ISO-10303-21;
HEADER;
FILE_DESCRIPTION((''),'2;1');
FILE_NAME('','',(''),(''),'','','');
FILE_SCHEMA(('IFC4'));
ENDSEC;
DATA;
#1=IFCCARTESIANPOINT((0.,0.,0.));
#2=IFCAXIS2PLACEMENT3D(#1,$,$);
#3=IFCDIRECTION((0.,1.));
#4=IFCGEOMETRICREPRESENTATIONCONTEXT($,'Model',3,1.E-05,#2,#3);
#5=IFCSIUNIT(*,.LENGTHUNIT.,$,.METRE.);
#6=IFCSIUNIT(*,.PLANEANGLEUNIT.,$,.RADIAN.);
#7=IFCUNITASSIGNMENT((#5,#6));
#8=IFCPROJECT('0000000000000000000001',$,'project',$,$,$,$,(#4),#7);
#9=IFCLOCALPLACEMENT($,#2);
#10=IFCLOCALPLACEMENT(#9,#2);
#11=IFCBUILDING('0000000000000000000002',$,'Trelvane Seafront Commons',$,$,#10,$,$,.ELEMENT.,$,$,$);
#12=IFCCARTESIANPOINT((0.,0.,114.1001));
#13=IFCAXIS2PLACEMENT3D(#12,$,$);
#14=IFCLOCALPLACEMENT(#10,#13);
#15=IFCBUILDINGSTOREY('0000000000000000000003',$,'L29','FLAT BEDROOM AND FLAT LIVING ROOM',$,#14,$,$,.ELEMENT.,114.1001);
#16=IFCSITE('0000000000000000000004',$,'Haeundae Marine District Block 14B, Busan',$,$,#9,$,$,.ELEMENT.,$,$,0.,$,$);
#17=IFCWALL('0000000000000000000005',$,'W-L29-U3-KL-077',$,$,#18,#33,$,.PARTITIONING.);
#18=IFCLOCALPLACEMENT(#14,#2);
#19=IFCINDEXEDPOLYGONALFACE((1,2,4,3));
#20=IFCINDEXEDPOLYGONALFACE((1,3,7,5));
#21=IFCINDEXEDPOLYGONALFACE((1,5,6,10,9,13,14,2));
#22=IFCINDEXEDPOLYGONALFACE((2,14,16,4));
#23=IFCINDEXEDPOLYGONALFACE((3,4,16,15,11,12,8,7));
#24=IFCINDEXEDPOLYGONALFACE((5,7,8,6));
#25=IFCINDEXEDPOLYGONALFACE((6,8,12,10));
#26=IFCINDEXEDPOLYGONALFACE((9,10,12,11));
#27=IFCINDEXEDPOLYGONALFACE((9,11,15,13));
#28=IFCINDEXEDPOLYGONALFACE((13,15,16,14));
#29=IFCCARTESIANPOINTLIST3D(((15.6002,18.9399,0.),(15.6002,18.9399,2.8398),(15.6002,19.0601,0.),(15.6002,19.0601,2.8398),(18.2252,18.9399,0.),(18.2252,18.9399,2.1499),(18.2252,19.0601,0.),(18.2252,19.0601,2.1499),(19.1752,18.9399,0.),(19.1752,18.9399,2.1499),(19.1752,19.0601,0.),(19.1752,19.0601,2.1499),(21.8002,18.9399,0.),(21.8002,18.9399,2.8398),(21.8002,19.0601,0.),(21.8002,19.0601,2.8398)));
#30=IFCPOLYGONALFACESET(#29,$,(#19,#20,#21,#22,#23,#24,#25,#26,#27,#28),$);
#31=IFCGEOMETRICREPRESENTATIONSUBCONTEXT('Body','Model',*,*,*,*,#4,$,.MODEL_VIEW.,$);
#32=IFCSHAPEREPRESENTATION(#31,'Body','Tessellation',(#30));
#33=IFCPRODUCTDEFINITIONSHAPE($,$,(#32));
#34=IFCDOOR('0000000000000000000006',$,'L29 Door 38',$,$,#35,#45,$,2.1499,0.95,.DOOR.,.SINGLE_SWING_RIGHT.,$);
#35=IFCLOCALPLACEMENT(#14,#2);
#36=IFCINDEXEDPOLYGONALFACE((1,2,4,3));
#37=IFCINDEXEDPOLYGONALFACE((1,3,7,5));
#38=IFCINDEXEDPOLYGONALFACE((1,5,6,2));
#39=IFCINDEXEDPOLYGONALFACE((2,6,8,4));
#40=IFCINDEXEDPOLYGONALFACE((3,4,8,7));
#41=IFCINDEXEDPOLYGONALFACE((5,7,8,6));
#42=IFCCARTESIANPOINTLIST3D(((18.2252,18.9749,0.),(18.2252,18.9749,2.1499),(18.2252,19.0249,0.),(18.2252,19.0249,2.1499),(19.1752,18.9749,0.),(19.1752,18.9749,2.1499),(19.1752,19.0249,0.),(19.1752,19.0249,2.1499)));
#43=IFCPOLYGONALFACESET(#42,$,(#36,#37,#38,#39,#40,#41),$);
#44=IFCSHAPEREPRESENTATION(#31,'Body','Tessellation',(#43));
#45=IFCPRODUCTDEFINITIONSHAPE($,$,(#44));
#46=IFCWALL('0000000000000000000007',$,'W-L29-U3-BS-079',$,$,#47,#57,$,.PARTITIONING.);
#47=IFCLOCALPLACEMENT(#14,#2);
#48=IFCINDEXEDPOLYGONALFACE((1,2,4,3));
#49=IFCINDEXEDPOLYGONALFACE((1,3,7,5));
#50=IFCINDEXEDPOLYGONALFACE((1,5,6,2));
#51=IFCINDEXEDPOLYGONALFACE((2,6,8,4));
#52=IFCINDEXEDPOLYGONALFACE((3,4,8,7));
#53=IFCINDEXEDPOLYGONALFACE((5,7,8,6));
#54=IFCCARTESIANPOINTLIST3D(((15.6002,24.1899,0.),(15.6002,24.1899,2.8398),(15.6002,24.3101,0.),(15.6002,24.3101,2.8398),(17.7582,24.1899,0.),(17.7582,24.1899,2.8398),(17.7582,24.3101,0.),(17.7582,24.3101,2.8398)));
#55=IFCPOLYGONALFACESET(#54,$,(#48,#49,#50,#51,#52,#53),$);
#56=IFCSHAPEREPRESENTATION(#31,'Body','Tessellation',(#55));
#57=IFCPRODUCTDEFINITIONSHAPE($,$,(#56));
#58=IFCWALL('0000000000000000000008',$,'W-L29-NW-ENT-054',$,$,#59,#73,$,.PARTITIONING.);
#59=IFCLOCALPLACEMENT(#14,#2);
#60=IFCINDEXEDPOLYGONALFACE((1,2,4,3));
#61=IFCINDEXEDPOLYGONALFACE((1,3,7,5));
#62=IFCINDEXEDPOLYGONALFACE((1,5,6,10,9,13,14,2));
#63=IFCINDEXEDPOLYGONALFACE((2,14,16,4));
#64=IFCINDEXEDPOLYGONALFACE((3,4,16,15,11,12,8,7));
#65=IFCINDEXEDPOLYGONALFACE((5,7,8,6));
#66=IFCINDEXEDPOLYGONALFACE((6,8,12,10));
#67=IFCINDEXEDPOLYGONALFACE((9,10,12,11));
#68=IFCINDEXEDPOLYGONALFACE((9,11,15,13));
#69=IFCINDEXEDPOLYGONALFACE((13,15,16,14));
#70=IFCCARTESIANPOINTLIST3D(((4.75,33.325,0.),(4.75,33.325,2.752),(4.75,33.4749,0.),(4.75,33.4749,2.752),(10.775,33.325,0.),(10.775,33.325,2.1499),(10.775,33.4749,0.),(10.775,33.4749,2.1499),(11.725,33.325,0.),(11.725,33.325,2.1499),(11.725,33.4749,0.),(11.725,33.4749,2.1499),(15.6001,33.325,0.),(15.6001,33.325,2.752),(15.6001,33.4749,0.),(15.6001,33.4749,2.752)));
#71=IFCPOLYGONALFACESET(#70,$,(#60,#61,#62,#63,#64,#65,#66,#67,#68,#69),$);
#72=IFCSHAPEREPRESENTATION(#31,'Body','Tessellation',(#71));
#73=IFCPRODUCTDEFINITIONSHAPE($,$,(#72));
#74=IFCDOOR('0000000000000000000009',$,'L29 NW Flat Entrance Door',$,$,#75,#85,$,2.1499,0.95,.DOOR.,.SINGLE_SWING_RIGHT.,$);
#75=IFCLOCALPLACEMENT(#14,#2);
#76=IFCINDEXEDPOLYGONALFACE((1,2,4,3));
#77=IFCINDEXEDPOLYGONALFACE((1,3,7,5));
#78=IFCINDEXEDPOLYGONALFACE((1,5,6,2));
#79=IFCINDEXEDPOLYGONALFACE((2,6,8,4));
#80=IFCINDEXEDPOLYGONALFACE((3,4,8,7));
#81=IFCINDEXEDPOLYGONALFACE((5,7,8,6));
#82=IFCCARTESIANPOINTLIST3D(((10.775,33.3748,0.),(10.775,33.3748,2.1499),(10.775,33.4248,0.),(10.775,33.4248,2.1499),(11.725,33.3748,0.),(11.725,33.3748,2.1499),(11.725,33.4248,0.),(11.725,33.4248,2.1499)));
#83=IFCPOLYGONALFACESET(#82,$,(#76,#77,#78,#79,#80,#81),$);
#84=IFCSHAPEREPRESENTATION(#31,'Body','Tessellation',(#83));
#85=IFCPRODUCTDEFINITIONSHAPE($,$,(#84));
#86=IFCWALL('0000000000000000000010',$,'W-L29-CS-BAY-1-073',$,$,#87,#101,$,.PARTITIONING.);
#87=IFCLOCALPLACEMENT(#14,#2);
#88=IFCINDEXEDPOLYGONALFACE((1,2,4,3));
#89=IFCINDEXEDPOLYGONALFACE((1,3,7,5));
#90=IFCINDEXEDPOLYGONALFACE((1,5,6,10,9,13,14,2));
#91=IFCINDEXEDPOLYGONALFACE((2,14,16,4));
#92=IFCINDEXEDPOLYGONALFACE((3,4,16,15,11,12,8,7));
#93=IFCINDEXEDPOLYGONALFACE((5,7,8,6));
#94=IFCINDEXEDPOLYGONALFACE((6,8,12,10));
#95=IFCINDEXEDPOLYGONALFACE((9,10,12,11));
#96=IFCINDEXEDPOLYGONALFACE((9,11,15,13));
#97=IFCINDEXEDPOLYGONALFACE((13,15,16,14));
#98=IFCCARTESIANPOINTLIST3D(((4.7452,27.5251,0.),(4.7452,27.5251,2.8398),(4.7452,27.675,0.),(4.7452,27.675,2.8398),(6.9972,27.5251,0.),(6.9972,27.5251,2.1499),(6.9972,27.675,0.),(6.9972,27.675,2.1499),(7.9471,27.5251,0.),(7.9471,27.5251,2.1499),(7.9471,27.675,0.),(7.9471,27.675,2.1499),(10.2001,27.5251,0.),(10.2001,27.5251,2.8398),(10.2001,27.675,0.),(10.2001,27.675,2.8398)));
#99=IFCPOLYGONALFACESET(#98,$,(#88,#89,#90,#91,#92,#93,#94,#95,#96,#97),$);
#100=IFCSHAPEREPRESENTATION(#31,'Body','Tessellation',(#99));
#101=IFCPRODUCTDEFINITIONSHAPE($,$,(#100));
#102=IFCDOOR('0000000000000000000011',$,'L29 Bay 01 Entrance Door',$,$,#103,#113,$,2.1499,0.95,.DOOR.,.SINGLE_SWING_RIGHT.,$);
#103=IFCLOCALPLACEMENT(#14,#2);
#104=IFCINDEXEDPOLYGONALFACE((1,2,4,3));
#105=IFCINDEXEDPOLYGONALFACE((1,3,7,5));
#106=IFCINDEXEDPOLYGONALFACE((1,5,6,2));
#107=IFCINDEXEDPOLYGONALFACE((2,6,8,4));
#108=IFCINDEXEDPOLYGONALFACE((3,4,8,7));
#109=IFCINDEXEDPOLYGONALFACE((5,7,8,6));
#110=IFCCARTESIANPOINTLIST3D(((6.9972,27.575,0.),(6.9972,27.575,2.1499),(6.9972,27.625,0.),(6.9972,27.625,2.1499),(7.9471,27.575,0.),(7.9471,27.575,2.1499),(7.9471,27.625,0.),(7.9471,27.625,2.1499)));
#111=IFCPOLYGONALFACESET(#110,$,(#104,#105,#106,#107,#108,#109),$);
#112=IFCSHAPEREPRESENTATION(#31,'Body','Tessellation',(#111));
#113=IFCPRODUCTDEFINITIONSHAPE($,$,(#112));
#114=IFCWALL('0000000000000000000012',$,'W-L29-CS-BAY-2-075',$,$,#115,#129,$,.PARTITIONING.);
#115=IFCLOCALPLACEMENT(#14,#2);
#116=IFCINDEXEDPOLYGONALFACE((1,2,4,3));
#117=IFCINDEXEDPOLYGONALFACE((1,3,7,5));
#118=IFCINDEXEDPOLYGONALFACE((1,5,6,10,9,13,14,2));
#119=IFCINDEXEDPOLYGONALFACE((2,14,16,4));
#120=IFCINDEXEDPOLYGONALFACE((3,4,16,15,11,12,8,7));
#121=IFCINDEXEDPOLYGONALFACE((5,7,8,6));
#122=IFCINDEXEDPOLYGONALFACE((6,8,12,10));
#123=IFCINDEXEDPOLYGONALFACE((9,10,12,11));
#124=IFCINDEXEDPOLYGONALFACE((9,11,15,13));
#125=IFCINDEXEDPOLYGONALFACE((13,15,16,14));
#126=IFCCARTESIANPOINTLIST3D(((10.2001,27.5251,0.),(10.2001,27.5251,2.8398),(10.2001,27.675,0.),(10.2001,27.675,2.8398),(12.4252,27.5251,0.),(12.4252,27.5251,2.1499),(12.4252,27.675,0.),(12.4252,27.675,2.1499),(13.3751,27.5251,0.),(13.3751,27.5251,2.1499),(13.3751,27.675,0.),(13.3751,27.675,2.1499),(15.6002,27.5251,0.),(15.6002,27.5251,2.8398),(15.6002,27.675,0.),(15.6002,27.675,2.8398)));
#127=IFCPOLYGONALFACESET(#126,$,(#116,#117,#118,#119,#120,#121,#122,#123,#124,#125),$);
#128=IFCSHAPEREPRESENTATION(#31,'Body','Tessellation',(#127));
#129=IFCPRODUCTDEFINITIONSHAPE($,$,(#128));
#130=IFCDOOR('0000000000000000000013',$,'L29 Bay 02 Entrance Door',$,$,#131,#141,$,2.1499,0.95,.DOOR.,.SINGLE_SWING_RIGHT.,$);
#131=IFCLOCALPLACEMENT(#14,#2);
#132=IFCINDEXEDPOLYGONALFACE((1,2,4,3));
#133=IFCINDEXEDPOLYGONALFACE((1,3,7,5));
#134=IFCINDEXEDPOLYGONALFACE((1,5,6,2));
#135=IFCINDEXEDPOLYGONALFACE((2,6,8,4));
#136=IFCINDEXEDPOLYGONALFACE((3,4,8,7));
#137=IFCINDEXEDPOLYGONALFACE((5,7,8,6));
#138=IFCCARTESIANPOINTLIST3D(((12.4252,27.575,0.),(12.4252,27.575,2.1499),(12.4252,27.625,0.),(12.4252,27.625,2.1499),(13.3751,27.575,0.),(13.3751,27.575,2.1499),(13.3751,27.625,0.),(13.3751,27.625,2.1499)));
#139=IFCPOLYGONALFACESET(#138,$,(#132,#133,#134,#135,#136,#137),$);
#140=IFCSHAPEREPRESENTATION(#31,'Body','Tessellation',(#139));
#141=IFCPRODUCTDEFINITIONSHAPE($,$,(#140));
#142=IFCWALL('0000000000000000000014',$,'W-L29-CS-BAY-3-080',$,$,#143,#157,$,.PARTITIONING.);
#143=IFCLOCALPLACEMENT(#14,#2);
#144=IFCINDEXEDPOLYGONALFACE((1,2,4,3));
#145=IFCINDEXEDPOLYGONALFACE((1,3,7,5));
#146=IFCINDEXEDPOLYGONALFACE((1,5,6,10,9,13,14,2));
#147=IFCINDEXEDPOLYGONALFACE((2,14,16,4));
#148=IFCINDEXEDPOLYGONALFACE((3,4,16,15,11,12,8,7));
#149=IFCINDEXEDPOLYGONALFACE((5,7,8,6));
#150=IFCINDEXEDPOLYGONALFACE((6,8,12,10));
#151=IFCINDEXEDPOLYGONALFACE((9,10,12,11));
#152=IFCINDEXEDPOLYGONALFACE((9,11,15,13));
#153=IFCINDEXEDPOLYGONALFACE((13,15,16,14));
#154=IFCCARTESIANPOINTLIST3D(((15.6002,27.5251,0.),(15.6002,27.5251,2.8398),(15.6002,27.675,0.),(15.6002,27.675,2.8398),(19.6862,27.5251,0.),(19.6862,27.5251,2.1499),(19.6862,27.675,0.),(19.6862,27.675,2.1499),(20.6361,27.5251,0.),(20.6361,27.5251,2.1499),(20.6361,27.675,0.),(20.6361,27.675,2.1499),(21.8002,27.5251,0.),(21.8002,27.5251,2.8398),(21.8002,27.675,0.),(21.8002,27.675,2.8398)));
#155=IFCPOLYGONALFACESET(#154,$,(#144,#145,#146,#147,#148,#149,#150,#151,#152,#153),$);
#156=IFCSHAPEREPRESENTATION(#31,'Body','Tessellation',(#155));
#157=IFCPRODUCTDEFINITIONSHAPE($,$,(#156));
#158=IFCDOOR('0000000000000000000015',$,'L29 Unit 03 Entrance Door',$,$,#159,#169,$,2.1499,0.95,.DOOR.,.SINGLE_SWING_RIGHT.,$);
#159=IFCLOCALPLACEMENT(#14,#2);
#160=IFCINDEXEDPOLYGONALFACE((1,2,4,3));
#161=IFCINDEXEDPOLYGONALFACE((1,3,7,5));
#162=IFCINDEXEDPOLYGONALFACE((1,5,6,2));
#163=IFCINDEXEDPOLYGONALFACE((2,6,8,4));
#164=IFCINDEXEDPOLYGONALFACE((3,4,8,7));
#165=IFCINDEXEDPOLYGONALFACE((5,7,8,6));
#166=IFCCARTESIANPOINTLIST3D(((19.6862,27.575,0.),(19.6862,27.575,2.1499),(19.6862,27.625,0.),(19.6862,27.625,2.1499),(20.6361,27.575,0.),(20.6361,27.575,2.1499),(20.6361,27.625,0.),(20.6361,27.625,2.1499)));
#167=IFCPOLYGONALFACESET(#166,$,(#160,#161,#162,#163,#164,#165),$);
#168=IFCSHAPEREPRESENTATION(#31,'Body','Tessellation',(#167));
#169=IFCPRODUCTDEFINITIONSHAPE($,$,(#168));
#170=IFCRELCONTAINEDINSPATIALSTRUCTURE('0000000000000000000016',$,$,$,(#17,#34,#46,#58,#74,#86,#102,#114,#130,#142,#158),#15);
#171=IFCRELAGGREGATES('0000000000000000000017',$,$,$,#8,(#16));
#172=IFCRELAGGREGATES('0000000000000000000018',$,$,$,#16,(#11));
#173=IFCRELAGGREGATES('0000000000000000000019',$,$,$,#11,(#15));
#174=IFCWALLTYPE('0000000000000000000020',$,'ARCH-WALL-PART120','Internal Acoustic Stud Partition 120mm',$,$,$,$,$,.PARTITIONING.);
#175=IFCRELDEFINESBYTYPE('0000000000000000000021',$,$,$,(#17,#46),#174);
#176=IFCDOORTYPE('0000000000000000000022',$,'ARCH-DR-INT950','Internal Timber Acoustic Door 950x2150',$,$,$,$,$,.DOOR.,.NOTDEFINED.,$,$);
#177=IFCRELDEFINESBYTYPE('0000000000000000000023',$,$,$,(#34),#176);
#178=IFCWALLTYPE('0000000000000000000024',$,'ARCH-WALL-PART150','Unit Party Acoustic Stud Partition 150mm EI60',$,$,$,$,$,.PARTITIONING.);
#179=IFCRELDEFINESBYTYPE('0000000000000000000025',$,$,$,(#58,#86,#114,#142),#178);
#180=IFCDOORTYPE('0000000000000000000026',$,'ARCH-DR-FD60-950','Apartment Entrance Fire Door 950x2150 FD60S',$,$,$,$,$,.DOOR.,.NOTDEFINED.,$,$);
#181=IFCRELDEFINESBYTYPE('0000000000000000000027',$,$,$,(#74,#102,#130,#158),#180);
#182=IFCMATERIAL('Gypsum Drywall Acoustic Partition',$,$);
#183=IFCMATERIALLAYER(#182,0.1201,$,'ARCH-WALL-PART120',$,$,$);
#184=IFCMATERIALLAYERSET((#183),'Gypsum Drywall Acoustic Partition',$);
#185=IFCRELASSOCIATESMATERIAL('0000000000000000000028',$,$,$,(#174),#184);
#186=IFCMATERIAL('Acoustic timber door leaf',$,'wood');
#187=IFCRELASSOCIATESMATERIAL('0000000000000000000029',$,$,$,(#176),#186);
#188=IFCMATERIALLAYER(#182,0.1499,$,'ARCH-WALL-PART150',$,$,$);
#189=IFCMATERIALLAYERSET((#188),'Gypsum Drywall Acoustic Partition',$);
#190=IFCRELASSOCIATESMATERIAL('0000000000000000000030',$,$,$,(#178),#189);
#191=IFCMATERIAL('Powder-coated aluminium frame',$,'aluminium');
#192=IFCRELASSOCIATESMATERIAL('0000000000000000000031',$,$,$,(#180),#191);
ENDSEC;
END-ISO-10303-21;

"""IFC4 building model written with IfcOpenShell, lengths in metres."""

from ifc_helpers import new_model, si_unit, direction, frame, frame_2d, origin, place, context, subcontext, project, spatial, rectangle, extrude, source, transform, mapped, material, layer, layer_set, type_object, element, fill, save


model = new_model("IFC4")

# Units and contexts
model_context = context("Model", 3, precision=1e-05, world=origin(), true_north=direction((0.0, 1.0)))
body_context = subcontext(model_context, "Body", "Model", "MODEL_VIEW")
ifc_project = project(units=[si_unit("LENGTHUNIT", "METRE"), si_unit("PLANEANGLEUNIT", "RADIAN")], contexts=[model_context])

# Site, building, storey
site_placement = place(None, origin())
site = spatial("IfcSite", under=ifc_project, at=site_placement, Name="Haeundae Marine District Block 14B, Busan", CompositionType="ELEMENT", RefElevation=0.0)
building_placement = place(site_placement, origin())
building = spatial("IfcBuilding", under=site, at=building_placement, Name="Trelvane Seafront Commons", CompositionType="ELEMENT")
storey_placement = place(building_placement, frame((0.0, 0.0, 114.1001)))
storey = spatial("IfcBuildingStorey", under=building, at=storey_placement, Name="L29", Description="FLAT BEDROOM AND FLAT LIVING ROOM", CompositionType="ELEMENT", Elevation=114.1001)

# Wall, opening, door
ifc_material_1 = material(Name="Gypsum Drywall Acoustic Partition")
ifc_layer_1 = layer(ifc_material_1, 0.1201, Name="ARCH-WALL-PART120")
ifc_layer_set_1 = layer_set([ifc_layer_1], Name="Gypsum Drywall Acoustic Partition")
wall_type_1 = type_object("IfcWallType", Name="ARCH-WALL-PART120", Description="Internal Acoustic Stud Partition 120mm", PredefinedType="PARTITIONING", material=ifc_layer_set_1)
ifc_material_2 = material(Name="Acoustic timber door leaf", Category="wood")
door_type_1 = type_object("IfcDoorType", Name="ARCH-DR-INT950", Description="Internal Timber Acoustic Door 950x2150", OperationType="NOTDEFINED", PredefinedType="DOOR", material=ifc_material_2)
shared_shape_1 = source(origin(), body_context, "Body", "SweptSolid", [
    extrude(rectangle(XDim=0.95, YDim=2.1499, at=frame_2d((0.4751, 1.075))), frame((0.0, 0.0249, 0.0), z_axis=(0.0, -1.0, 0.0), x_axis=(1.0, 0.0, 0.0)), (0.0, 0.0, 1.0), 0.05),
])
wall_1_placement = place(storey_placement, frame((15.6001, 19.0, 0.0), z_axis=(0.0, 0.0, 1.0), x_axis=(1.0, 0.0, 0.0)))
wall_1 = element("IfcWall", 1, at=wall_1_placement, inside=storey, type_object=wall_type_1, Name="W-L29-U3-KL-077", PredefinedType="PARTITIONING", context=body_context, shape_type="SweptSolid", body=[
    extrude(rectangle(XDim=6.2, YDim=0.1201, at=frame_2d((3.1001, 0.0))), origin(), (0.0, 0.0, 1.0), 2.8398),
])
opening_1_placement = place(wall_1_placement, frame((2.625, 0.0, 0.0)))
opening_1 = element("IfcOpeningElement", 2, at=opening_1_placement, cuts=wall_1, PredefinedType="OPENING", context=body_context, shape_type="SweptSolid", body=[
    extrude(rectangle(XDim=0.95, YDim=2.1499, at=frame_2d((0.4751, 1.075))), frame((0.0, 0.0701, 0.0), z_axis=(0.0, -1.0, 0.0), x_axis=(1.0, 0.0, 0.0)), (0.0, 0.0, 1.0), 0.1401),
])
door_1_placement = place(opening_1_placement, origin())
door_1 = element("IfcDoor", 3, at=door_1_placement, inside=storey, type_object=door_type_1, Name="L29 Door 38", OperationType="SINGLE_SWING_RIGHT", OverallHeight=2.1499, OverallWidth=0.95, PredefinedType="DOOR", context=body_context, shape_type="MappedRepresentation", body=[
    mapped(shared_shape_1, transform((0.0, 0.0, 0.0), x_axis=(1.0, 0.0, 0.0), y_axis=(0.0, 1.0, 0.0), z_axis=(0.0, 0.0, 1.0), scale=1.0)),
])
fill(opening_1, door_1)

# Wall
wall_2_placement = place(storey_placement, frame((15.6001, 24.25, 0.0), z_axis=(0.0, 0.0, 1.0), x_axis=(1.0, 0.0, 0.0)))
element("IfcWall", 4, at=wall_2_placement, inside=storey, type_object=wall_type_1, Name="W-L29-U3-BS-079", PredefinedType="PARTITIONING", context=body_context, shape_type="SweptSolid", body=[
    extrude(rectangle(XDim=2.158, YDim=0.1201, at=frame_2d((1.0791, 0.0))), origin(), (0.0, 0.0, 1.0), 2.8398),
])

# Walls, openings, doors
ifc_layer_2 = layer(ifc_material_1, 0.1499, Name="ARCH-WALL-PART150")
ifc_layer_set_2 = layer_set([ifc_layer_2], Name="Gypsum Drywall Acoustic Partition")
wall_type_2 = type_object("IfcWallType", Name="ARCH-WALL-PART150", Description="Unit Party Acoustic Stud Partition 150mm EI60", PredefinedType="PARTITIONING", material=ifc_layer_set_2)
wall_3_placement = place(storey_placement, frame((4.75, 33.3999, 0.0), z_axis=(0.0, 0.0, 1.0), x_axis=(1.0, 0.0, 0.0)))
wall_3 = element("IfcWall", 5, at=wall_3_placement, inside=storey, type_object=wall_type_2, Name="W-L29-NW-ENT-054", PredefinedType="PARTITIONING", context=body_context, shape_type="SweptSolid", body=[
    extrude(rectangle(XDim=10.8501, YDim=0.1499, at=frame_2d((5.425, 0.0))), origin(), (0.0, 0.0, 1.0), 2.752),
])
opening_2_placement = place(wall_3_placement, frame((6.0249, 0.0, 0.0)))
opening_2 = element("IfcOpeningElement", 6, at=opening_2_placement, cuts=wall_3, PredefinedType="OPENING", context=body_context, shape_type="SweptSolid", body=[
    extrude(rectangle(XDim=0.95, YDim=2.1499, at=frame_2d((0.4751, 1.075))), frame((0.0, 0.085, 0.0), z_axis=(0.0, -1.0, 0.0), x_axis=(1.0, 0.0, 0.0)), (0.0, 0.0, 1.0), 0.1699),
])
ifc_material_3 = material(Name="Powder-coated aluminium frame", Category="aluminium")
door_type_2 = type_object("IfcDoorType", Name="ARCH-DR-FD60-950", Description="Apartment Entrance Fire Door 950x2150 FD60S", OperationType="NOTDEFINED", PredefinedType="DOOR", material=ifc_material_3)
door_2_placement = place(opening_2_placement, origin())
door_2 = element("IfcDoor", 7, at=door_2_placement, inside=storey, type_object=door_type_2, Name="L29 NW Flat Entrance Door", OperationType="SINGLE_SWING_RIGHT", OverallHeight=2.1499, OverallWidth=0.95, PredefinedType="DOOR", context=body_context, shape_type="MappedRepresentation", body=[
    mapped(shared_shape_1, transform((0.0, 0.0, 0.0), x_axis=(1.0, 0.0, 0.0), y_axis=(0.0, 1.0, 0.0), z_axis=(0.0, 0.0, 1.0), scale=1.0)),
])
fill(opening_2, door_2)
wall_4_placement = place(storey_placement, frame((4.7451, 27.6001, 0.0), z_axis=(0.0, 0.0, 1.0), x_axis=(1.0, 0.0, 0.0)))
wall_4 = element("IfcWall", 8, at=wall_4_placement, inside=storey, type_object=wall_type_2, Name="W-L29-CS-BAY-1-073", PredefinedType="PARTITIONING", context=body_context, shape_type="SweptSolid", body=[
    extrude(rectangle(XDim=5.4548, YDim=0.1499, at=frame_2d((2.7275, 0.0))), origin(), (0.0, 0.0, 1.0), 2.8398),
])
opening_3_placement = place(wall_4_placement, frame((2.252, 0.0, 0.0)))
opening_3 = element("IfcOpeningElement", 9, at=opening_3_placement, cuts=wall_4, PredefinedType="OPENING", context=body_context, shape_type="SweptSolid", body=[
    extrude(rectangle(XDim=0.95, YDim=2.1499, at=frame_2d((0.4751, 1.075))), frame((0.0, 0.085, 0.0), z_axis=(0.0, -1.0, 0.0), x_axis=(1.0, 0.0, 0.0)), (0.0, 0.0, 1.0), 0.1699),
])
door_3_placement = place(opening_3_placement, origin())
door_3 = element("IfcDoor", 10, at=door_3_placement, inside=storey, type_object=door_type_2, Name="L29 Bay 01 Entrance Door", OperationType="SINGLE_SWING_RIGHT", OverallHeight=2.1499, OverallWidth=0.95, PredefinedType="DOOR", context=body_context, shape_type="MappedRepresentation", body=[
    mapped(shared_shape_1, transform((0.0, 0.0, 0.0), x_axis=(1.0, 0.0, 0.0), y_axis=(0.0, 1.0, 0.0), z_axis=(0.0, 0.0, 1.0), scale=1.0)),
])
fill(opening_3, door_3)
wall_5_placement = place(storey_placement, frame((10.2, 27.6001, 0.0), z_axis=(0.0, 0.0, 1.0), x_axis=(1.0, 0.0, 0.0)))
wall_5 = element("IfcWall", 11, at=wall_5_placement, inside=storey, type_object=wall_type_2, Name="W-L29-CS-BAY-2-075", PredefinedType="PARTITIONING", context=body_context, shape_type="SweptSolid", body=[
    extrude(rectangle(XDim=5.4001, YDim=0.1499, at=frame_2d((2.7002, 0.0))), origin(), (0.0, 0.0, 1.0), 2.8398),
])
opening_4_placement = place(wall_5_placement, frame((2.2251, 0.0, 0.0)))
opening_4 = element("IfcOpeningElement", 12, at=opening_4_placement, cuts=wall_5, PredefinedType="OPENING", context=body_context, shape_type="SweptSolid", body=[
    extrude(rectangle(XDim=0.95, YDim=2.1499, at=frame_2d((0.4751, 1.075))), frame((0.0, 0.085, 0.0), z_axis=(0.0, -1.0, 0.0), x_axis=(1.0, 0.0, 0.0)), (0.0, 0.0, 1.0), 0.1699),
])
door_4_placement = place(opening_4_placement, origin())
door_4 = element("IfcDoor", 13, at=door_4_placement, inside=storey, type_object=door_type_2, Name="L29 Bay 02 Entrance Door", OperationType="SINGLE_SWING_RIGHT", OverallHeight=2.1499, OverallWidth=0.95, PredefinedType="DOOR", context=body_context, shape_type="MappedRepresentation", body=[
    mapped(shared_shape_1, transform((0.0, 0.0, 0.0), x_axis=(1.0, 0.0, 0.0), y_axis=(0.0, 1.0, 0.0), z_axis=(0.0, 0.0, 1.0), scale=1.0)),
])
fill(opening_4, door_4)
wall_6_placement = place(storey_placement, frame((15.6001, 27.6001, 0.0), z_axis=(0.0, 0.0, 1.0), x_axis=(1.0, 0.0, 0.0)))
wall_6 = element("IfcWall", 14, at=wall_6_placement, inside=storey, type_object=wall_type_2, Name="W-L29-CS-BAY-3-080", PredefinedType="PARTITIONING", context=body_context, shape_type="SweptSolid", body=[
    extrude(rectangle(XDim=6.2, YDim=0.1499, at=frame_2d((3.1001, 0.0))), origin(), (0.0, 0.0, 1.0), 2.8398),
])
opening_5_placement = place(wall_6_placement, frame((4.0859, 0.0, 0.0)))
opening_5 = element("IfcOpeningElement", 15, at=opening_5_placement, cuts=wall_6, PredefinedType="OPENING", context=body_context, shape_type="SweptSolid", body=[
    extrude(rectangle(XDim=0.95, YDim=2.1499, at=frame_2d((0.4751, 1.075))), frame((0.0, 0.085, 0.0), z_axis=(0.0, -1.0, 0.0), x_axis=(1.0, 0.0, 0.0)), (0.0, 0.0, 1.0), 0.1699),
])
door_5_placement = place(opening_5_placement, origin())
door_5 = element("IfcDoor", 16, at=door_5_placement, inside=storey, type_object=door_type_2, Name="L29 Unit 03 Entrance Door", OperationType="SINGLE_SWING_RIGHT", OverallHeight=2.1499, OverallWidth=0.95, PredefinedType="DOOR", context=body_context, shape_type="MappedRepresentation", body=[
    mapped(shared_shape_1, transform((0.0, 0.0, 0.0), x_axis=(1.0, 0.0, 0.0), y_axis=(0.0, 1.0, 0.0), z_axis=(0.0, 0.0, 1.0), scale=1.0)),
])
fill(opening_5, door_5)

save(model, "model.ifc")
